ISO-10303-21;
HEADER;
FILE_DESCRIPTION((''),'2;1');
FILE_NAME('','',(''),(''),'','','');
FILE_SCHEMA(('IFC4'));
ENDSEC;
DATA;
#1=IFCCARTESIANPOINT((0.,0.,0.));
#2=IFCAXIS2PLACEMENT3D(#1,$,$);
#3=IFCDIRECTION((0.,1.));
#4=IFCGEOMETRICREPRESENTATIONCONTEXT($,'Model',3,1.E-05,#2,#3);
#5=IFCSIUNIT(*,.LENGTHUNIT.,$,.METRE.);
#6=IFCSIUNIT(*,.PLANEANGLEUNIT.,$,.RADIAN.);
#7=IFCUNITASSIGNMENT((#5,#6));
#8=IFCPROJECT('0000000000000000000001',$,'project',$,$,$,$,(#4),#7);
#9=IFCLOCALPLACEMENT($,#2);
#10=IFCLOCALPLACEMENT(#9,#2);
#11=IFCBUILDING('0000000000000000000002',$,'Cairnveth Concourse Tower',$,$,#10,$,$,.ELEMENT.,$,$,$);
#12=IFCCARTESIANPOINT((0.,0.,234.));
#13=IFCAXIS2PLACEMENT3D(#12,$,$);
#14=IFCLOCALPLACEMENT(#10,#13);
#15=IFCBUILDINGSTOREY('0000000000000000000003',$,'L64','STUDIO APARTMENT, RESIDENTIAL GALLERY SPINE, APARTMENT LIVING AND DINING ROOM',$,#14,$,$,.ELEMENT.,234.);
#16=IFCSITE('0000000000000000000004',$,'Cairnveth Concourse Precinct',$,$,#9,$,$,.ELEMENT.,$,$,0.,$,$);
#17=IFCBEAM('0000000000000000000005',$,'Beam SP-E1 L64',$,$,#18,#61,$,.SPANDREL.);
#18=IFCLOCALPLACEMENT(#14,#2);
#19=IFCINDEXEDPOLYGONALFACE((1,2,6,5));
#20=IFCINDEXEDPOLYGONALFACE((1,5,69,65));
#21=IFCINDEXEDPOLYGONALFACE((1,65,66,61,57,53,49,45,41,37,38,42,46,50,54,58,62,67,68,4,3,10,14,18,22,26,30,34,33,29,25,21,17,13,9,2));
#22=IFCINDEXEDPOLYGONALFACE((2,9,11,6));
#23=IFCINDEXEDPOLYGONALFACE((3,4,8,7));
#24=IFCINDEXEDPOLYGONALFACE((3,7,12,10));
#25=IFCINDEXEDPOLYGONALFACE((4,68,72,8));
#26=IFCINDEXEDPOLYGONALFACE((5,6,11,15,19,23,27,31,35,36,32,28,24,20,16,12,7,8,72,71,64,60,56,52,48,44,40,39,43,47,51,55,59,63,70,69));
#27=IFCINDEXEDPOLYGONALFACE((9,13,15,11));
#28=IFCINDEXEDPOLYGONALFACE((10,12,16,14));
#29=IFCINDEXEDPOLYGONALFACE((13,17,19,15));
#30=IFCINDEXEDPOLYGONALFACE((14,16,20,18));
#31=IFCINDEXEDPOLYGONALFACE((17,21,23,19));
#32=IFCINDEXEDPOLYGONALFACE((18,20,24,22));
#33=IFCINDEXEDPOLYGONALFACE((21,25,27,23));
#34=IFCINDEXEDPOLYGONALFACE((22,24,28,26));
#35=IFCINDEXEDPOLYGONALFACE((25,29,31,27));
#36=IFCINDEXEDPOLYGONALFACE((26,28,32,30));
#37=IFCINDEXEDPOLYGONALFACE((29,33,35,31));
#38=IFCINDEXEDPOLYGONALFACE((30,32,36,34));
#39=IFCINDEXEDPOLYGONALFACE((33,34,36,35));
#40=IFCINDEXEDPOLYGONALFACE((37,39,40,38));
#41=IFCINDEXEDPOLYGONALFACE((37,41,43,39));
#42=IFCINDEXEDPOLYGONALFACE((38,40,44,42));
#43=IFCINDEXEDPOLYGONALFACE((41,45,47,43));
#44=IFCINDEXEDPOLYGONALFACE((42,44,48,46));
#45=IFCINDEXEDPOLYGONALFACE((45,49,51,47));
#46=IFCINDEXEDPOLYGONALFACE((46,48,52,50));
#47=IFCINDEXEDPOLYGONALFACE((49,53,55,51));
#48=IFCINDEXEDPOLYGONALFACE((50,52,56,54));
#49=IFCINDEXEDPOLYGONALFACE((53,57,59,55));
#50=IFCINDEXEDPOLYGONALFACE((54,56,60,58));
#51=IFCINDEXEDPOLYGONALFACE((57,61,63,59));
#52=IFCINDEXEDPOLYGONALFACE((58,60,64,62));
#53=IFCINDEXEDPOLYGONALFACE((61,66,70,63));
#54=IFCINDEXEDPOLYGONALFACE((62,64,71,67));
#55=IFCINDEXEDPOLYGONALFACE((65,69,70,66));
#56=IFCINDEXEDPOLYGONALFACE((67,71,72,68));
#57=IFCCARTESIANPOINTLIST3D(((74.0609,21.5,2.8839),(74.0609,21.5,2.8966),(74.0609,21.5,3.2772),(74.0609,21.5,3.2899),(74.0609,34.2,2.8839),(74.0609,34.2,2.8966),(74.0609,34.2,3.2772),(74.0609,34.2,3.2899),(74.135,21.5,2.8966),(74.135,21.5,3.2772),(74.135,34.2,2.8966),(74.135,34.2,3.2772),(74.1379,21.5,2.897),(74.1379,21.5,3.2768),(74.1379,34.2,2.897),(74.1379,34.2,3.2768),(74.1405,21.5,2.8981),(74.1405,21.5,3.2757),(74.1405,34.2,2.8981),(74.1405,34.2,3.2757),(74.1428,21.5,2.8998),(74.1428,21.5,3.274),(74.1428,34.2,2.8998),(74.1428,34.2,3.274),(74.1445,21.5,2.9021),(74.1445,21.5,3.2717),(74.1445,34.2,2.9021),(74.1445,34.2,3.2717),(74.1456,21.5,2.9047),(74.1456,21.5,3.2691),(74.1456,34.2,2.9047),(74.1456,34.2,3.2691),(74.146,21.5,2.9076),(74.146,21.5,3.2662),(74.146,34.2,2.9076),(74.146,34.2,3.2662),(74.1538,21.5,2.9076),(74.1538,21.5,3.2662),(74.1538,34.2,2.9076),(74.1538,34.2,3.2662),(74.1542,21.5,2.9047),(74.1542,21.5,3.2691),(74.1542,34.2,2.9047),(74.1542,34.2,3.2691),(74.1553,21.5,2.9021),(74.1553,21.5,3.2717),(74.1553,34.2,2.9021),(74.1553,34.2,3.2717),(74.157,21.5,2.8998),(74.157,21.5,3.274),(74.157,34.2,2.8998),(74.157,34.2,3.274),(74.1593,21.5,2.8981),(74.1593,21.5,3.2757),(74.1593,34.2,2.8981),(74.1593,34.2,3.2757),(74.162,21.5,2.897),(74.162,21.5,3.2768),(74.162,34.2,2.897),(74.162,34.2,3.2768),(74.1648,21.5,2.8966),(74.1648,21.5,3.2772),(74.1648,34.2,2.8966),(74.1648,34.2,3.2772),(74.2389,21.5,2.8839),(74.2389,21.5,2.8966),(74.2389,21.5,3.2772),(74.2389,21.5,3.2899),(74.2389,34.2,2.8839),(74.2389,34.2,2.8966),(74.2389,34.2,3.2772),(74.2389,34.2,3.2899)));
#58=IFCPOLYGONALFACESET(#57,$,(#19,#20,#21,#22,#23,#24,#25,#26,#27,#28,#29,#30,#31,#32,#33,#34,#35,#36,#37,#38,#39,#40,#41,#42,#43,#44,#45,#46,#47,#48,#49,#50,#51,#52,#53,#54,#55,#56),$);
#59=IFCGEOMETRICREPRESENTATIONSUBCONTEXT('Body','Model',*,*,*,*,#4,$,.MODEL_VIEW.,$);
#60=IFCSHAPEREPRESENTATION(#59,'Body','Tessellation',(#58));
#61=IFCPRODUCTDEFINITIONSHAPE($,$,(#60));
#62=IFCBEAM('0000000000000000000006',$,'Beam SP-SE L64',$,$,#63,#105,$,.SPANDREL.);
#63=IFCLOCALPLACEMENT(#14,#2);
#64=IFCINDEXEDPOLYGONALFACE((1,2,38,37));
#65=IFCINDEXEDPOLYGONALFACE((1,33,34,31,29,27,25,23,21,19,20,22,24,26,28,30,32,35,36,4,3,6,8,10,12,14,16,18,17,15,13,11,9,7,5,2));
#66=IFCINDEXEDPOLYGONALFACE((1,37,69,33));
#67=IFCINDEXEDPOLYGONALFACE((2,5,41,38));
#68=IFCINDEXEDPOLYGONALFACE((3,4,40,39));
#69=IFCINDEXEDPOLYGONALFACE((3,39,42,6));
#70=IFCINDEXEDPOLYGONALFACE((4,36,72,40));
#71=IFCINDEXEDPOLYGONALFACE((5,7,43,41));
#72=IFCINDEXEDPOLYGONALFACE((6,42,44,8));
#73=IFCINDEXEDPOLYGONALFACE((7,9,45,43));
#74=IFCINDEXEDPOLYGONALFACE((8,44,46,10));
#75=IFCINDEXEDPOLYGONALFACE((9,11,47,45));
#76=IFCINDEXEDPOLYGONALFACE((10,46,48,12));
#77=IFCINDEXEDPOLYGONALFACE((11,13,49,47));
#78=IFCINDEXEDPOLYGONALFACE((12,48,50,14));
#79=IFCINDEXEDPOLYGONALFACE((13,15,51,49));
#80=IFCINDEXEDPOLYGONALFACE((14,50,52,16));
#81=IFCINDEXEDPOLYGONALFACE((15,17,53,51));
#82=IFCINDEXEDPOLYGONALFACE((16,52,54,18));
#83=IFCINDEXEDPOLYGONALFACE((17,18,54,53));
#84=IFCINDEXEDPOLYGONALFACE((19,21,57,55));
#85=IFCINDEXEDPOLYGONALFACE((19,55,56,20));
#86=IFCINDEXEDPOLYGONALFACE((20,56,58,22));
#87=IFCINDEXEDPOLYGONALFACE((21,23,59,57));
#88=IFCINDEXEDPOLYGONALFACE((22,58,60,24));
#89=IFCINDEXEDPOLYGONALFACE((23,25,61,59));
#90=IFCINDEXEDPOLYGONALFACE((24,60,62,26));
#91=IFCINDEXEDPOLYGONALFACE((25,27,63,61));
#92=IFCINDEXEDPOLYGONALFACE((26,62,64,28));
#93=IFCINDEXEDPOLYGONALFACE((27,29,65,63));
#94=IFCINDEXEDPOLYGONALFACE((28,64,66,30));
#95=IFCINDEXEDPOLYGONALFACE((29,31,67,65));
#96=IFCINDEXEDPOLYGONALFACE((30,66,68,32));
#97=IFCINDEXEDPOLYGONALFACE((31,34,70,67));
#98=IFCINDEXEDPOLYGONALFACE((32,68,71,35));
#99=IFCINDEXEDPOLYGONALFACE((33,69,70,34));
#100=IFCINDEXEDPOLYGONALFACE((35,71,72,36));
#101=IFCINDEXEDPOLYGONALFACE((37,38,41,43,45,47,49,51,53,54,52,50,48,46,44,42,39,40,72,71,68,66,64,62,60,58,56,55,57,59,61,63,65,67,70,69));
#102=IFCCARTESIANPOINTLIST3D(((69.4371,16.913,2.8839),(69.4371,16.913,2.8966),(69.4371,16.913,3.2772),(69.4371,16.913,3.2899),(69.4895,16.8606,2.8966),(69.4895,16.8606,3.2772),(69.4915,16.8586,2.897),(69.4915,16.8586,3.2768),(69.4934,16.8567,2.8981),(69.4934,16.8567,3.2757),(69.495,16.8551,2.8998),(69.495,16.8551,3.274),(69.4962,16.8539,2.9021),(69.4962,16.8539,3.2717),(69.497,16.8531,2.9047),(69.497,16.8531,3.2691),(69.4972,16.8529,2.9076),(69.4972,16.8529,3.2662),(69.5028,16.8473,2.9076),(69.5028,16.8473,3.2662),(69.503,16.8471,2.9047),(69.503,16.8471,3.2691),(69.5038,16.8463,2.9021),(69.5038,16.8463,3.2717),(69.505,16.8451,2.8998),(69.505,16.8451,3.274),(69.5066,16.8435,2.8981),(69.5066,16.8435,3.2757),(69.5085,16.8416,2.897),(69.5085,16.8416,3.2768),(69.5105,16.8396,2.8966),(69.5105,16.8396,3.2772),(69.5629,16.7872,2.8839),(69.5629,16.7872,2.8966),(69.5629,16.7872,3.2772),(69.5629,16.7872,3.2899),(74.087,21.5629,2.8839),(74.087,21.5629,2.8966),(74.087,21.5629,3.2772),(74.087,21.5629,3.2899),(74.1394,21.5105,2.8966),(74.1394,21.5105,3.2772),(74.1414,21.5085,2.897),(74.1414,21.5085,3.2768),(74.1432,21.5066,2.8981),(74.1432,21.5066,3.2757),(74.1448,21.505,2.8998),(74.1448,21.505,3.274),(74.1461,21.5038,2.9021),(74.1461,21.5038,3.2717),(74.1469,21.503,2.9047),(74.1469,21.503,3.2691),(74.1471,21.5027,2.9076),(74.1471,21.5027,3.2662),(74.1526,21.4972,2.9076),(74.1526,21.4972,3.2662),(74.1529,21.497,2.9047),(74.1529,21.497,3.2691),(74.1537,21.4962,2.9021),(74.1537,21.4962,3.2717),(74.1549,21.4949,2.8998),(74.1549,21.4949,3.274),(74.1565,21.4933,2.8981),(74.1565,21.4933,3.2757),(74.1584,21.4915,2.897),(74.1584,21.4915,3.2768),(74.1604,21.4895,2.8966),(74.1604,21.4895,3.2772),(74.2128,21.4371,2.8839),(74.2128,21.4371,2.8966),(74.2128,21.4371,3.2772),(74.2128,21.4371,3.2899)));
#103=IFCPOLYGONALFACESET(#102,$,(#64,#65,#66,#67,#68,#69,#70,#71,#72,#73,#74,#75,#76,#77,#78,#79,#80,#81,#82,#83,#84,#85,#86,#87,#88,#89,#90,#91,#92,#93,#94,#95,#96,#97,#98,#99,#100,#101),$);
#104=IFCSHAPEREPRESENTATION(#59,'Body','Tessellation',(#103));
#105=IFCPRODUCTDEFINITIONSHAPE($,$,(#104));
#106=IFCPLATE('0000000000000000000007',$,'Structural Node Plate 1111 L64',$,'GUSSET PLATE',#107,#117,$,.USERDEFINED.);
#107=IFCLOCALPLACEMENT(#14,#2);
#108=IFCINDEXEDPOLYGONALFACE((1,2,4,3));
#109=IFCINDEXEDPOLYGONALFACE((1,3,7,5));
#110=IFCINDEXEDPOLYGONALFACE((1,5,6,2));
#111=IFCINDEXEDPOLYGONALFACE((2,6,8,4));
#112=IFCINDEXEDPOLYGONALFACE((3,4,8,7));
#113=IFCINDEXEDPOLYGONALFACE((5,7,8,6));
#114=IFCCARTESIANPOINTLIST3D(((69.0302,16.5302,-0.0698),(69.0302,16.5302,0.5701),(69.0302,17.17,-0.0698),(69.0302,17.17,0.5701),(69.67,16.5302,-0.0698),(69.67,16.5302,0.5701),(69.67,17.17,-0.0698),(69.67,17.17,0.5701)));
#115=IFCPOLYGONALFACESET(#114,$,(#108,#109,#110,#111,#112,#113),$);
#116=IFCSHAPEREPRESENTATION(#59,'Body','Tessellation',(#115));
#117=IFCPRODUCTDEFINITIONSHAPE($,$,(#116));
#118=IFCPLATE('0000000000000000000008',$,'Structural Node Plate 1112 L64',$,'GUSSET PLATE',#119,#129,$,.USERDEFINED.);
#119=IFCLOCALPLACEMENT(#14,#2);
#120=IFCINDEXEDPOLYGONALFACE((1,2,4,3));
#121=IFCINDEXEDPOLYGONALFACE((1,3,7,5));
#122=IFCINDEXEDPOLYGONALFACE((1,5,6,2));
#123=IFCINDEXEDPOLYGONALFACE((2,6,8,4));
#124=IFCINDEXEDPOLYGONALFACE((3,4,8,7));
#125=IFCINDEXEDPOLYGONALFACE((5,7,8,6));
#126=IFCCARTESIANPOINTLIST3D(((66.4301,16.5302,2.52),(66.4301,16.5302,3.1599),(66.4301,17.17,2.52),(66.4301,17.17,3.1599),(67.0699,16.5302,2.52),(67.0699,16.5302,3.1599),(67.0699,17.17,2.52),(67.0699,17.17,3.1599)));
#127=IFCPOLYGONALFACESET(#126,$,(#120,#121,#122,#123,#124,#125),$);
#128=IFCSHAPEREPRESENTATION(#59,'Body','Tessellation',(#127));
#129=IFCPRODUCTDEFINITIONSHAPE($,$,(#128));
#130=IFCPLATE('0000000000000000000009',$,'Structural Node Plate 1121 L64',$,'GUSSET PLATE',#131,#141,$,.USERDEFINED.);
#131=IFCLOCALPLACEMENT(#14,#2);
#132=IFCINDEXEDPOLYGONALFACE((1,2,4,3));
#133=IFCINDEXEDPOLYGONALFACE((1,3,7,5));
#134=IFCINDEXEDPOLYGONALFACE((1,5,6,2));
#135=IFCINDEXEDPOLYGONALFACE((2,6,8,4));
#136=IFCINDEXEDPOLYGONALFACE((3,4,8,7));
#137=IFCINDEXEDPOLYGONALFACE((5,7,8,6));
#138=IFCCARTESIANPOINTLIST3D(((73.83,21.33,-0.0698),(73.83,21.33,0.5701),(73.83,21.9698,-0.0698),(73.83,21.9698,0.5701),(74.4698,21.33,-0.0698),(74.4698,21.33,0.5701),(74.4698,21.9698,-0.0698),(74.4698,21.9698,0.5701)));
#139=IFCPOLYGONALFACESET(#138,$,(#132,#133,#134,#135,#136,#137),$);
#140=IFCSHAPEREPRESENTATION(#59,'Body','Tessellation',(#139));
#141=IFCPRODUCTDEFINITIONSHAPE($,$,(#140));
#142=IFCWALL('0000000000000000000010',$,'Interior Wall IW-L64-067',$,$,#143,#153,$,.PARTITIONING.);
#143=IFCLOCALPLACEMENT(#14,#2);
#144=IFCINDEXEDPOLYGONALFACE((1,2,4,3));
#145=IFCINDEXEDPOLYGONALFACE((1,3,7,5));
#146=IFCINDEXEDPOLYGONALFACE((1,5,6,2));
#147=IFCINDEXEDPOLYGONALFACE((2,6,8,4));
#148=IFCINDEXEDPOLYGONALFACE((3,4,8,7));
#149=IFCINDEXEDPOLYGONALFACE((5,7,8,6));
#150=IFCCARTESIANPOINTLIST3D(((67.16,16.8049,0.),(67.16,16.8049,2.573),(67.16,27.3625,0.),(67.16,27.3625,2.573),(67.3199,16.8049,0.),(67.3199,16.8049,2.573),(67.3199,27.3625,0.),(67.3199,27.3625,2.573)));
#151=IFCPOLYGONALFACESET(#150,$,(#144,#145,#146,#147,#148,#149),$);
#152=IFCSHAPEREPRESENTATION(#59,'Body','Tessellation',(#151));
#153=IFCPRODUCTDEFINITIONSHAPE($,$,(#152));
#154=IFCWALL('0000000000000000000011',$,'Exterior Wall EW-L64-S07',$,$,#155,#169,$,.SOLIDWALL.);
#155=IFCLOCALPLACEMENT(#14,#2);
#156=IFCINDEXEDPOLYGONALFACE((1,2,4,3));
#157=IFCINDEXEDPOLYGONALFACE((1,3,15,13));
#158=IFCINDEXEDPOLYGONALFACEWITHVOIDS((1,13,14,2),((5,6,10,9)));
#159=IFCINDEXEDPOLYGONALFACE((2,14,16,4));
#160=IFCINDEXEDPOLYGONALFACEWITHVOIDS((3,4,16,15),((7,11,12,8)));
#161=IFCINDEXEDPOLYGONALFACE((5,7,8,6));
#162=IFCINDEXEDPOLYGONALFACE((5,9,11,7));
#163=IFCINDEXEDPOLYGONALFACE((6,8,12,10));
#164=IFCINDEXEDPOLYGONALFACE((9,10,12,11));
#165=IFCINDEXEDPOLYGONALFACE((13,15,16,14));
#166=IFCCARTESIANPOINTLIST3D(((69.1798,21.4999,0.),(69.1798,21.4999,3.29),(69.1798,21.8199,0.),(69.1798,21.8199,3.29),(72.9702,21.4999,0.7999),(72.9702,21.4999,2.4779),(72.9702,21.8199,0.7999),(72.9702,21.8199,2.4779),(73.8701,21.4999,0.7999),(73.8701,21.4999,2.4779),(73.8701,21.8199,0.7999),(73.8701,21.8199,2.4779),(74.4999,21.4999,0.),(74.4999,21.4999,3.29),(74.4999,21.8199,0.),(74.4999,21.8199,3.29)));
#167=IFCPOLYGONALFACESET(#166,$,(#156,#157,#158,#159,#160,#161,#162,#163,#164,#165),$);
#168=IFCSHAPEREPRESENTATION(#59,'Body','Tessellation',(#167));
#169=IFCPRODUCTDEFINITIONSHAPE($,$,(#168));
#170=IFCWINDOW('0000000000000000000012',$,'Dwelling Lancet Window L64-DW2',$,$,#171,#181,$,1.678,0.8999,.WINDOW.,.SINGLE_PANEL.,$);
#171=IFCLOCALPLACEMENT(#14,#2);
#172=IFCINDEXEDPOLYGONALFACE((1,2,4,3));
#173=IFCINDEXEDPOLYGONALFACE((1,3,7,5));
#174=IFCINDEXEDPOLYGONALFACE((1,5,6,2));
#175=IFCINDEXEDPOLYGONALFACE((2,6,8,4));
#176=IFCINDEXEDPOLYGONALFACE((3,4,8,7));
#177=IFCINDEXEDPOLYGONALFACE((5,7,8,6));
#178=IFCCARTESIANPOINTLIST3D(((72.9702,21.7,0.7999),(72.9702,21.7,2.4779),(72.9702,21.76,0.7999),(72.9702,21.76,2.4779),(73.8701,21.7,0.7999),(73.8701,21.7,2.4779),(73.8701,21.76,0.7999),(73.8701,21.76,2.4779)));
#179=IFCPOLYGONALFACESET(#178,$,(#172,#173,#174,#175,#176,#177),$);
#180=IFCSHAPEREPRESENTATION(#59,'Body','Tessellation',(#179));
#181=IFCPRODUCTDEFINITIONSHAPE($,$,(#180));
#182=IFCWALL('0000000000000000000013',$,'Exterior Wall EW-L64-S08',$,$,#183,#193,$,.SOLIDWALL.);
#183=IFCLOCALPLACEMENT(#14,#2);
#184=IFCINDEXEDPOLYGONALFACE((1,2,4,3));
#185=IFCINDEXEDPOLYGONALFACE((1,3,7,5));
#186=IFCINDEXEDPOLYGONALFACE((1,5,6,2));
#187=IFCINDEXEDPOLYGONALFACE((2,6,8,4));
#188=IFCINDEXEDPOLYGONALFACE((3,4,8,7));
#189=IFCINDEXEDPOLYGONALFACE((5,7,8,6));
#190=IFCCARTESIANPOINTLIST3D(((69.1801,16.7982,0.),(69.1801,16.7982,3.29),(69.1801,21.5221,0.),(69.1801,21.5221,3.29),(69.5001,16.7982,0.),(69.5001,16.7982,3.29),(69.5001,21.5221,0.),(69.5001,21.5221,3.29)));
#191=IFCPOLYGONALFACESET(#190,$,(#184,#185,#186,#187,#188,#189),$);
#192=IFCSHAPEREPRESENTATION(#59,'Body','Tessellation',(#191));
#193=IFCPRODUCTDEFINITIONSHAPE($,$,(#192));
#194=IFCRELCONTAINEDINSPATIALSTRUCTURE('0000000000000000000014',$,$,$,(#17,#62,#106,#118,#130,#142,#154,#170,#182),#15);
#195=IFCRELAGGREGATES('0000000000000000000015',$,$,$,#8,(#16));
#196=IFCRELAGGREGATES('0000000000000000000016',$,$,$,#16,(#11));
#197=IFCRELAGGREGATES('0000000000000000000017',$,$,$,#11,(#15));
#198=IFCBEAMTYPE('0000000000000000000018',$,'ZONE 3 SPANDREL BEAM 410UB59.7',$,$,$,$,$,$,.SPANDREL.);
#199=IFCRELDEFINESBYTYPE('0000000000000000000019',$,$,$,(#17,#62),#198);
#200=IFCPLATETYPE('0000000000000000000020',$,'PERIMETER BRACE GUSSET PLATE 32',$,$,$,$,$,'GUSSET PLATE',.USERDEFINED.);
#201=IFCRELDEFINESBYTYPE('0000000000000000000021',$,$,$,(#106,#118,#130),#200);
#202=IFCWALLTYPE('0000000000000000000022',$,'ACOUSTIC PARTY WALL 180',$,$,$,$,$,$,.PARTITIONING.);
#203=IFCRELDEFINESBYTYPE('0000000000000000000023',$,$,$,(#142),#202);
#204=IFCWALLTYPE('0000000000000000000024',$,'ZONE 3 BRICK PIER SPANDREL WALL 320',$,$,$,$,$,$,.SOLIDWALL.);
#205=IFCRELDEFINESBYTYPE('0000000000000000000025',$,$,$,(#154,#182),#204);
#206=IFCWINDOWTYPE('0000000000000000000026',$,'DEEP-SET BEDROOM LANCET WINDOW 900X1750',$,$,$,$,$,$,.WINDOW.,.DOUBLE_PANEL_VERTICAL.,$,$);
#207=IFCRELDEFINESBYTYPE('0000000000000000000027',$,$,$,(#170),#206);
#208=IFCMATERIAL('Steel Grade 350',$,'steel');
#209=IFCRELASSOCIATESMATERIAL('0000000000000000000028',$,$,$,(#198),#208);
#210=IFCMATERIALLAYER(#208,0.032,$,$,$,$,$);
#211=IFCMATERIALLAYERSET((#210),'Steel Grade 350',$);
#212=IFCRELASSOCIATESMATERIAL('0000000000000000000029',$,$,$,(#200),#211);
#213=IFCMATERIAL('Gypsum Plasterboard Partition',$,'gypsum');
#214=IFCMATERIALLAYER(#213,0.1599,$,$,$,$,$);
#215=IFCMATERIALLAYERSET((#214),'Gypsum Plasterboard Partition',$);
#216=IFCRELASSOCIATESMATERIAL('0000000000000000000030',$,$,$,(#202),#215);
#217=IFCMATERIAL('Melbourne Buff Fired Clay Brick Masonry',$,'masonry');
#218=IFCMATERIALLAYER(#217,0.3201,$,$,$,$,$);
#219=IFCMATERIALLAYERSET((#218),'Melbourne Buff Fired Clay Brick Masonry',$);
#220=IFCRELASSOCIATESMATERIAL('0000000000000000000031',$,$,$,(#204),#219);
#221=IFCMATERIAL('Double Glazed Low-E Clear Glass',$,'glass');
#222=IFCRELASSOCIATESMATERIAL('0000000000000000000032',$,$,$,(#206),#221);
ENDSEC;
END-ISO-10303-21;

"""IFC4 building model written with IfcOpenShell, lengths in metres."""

from ifc_helpers import new_model, si_unit, direction, frame, frame_2d, origin, origin_2d, place, context, subcontext, project, spatial, rectangle, i_section, extrude, material, layer, layer_set, material_profile, profile_set, type_object, element, fill, save


model = new_model("IFC4")

# Units and contexts
model_context = context("Model", 3, precision=1e-05, world=origin(), true_north=direction((0.0, 1.0)))
body_context = subcontext(model_context, "Body", "Model", "MODEL_VIEW")
ifc_project = project(units=[si_unit("LENGTHUNIT", "METRE"), si_unit("PLANEANGLEUNIT", "RADIAN")], contexts=[model_context])

# Site, building, storey
site_placement = place(None, origin())
site = spatial("IfcSite", under=ifc_project, at=site_placement, Name="Cairnveth Concourse Precinct", CompositionType="ELEMENT", RefElevation=0.0)
building_placement = place(site_placement, origin())
building = spatial("IfcBuilding", under=site, at=building_placement, Name="Cairnveth Concourse Tower", CompositionType="ELEMENT")
storey_placement = place(building_placement, frame((0.0, 0.0, 234.0)))
storey = spatial("IfcBuildingStorey", under=building, at=storey_placement, Name="L64", Description="STUDIO APARTMENT, RESIDENTIAL GALLERY SPINE, APARTMENT LIVING AND DINING ROOM", CompositionType="ELEMENT", Elevation=234.0)

# Shared definitions
ifc_material_1 = material(Name="Steel Grade 350", Category="steel")

# Beams
ifc_material_profile_1 = material_profile(ifc_material_1, i_section(OverallWidth=0.178, OverallDepth=0.406, WebThickness=0.0078, FlangeThickness=0.0127, FilletRadius=0.011, at=origin_2d()), Name="410UB59.7")
ifc_profile_set_1 = profile_set([ifc_material_profile_1], Name="Steel Grade 350")
beam_type_1 = type_object("IfcBeamType", Name="ZONE 3 SPANDREL BEAM 410UB59.7", PredefinedType="SPANDREL", material=ifc_profile_set_1)
beam_1_placement = place(storey_placement, frame((74.1499, 21.5, 3.0869), z_axis=(0.0, 1.0, 0.0), x_axis=(-1.0, 0.0, 0.0)))
element("IfcBeam", 1, at=beam_1_placement, inside=storey, type_object=beam_type_1, Name="Beam SP-E1 L64", PredefinedType="SPANDREL", context=body_context, shape_type="SweptSolid", body=[
    extrude(i_section(OverallWidth=0.178, OverallDepth=0.406, WebThickness=0.0078, FlangeThickness=0.0127, FilletRadius=0.011, at=origin_2d()), origin(), (0.0, 0.0, 1.0), 12.7),
])
beam_2_placement = place(storey_placement, frame((69.5, 16.8501, 3.0869), z_axis=(0.707107, 0.707107, 0.0), x_axis=(-0.707107, 0.707107, 0.0)))
element("IfcBeam", 2, at=beam_2_placement, inside=storey, type_object=beam_type_1, Name="Beam SP-SE L64", PredefinedType="SPANDREL", context=body_context, shape_type="SweptSolid", body=[
    extrude(i_section(OverallWidth=0.178, OverallDepth=0.406, WebThickness=0.0078, FlangeThickness=0.0127, FilletRadius=0.011, at=origin_2d()), origin(), (0.0, 0.0, 1.0), 6.5759),
])

# Plates
ifc_layer_1 = layer(ifc_material_1, 0.032)
ifc_layer_set_1 = layer_set([ifc_layer_1], Name="Steel Grade 350")
plate_type = type_object("IfcPlateType", Name="PERIMETER BRACE GUSSET PLATE 32", ElementType="GUSSET PLATE", PredefinedType="USERDEFINED", material=ifc_layer_set_1)
for number, where, z_axis, x_axis, name in (
    (3, (69.3501, 16.8501, -0.0698), (0.0, 0.0, 1.0), (1.0, 0.0, 0.0), "Structural Node Plate 1111 L64"),
    (4, (66.75, 16.8501, 2.52), (0.0, 0.0, 1.0), (1.0, 0.0, 0.0), "Structural Node Plate 1112 L64"),
    (5, (74.1499, 21.6499, -0.0698), (0.0, 0.0, 1.0), (1.0, 0.0, 0.0), "Structural Node Plate 1121 L64"),
):
    element("IfcPlate", number, at=place(storey_placement, frame(where, z_axis=z_axis, x_axis=x_axis)), inside=storey, type_object=plate_type, Name=name, ObjectType="GUSSET PLATE", PredefinedType="USERDEFINED", context=body_context, shape_type="SweptSolid", body=[
        extrude(rectangle(XDim=0.6399, YDim=0.6399, at=origin_2d()), origin(), (0.0, 0.0, 1.0), 0.6399),
    ])

# Wall
ifc_material_2 = material(Name="Gypsum Plasterboard Partition", Category="gypsum")
ifc_layer_2 = layer(ifc_material_2, 0.1599)
ifc_layer_set_2 = layer_set([ifc_layer_2], Name="Gypsum Plasterboard Partition")
wall_type_1 = type_object("IfcWallType", Name="ACOUSTIC PARTY WALL 180", PredefinedType="PARTITIONING", material=ifc_layer_set_2)
wall_1_placement = place(storey_placement, frame((67.24, 16.8049, 0.0), z_axis=(0.0, 0.0, 1.0), x_axis=(0.0, 1.0, 0.0)))
element("IfcWall", 6, at=wall_1_placement, inside=storey, type_object=wall_type_1, Name="Interior Wall IW-L64-067", PredefinedType="PARTITIONING", context=body_context, shape_type="SweptSolid", body=[
    extrude(rectangle(XDim=10.5576, YDim=0.1599, at=frame_2d((5.2788, 0.0))), origin(), (0.0, 0.0, 1.0), 2.573),
])

# Wall, opening, window
ifc_material_3 = material(Name="Melbourne Buff Fired Clay Brick Masonry", Category="masonry")
ifc_layer_3 = layer(ifc_material_3, 0.3201)
ifc_layer_set_3 = layer_set([ifc_layer_3], Name="Melbourne Buff Fired Clay Brick Masonry")
wall_type_2 = type_object("IfcWallType", Name="ZONE 3 BRICK PIER SPANDREL WALL 320", PredefinedType="SOLIDWALL", material=ifc_layer_set_3)
wall_2_placement = place(storey_placement, frame((74.5, 21.6599, 0.0), z_axis=(0.0, 0.0, 1.0), x_axis=(-1.0, 0.0, 0.0)))
wall_2 = element("IfcWall", 7, at=wall_2_placement, inside=storey, type_object=wall_type_2, Name="Exterior Wall EW-L64-S07", PredefinedType="SOLIDWALL", context=body_context, shape_type="SweptSolid", body=[
    extrude(rectangle(XDim=5.3201, YDim=0.3201, at=frame_2d((2.6602, 0.0))), origin(), (0.0, 0.0, 1.0), 3.29),
])
opening_1_placement = place(wall_2_placement, frame((0.6299, 0.0, 0.8)))
opening_1 = element("IfcOpeningElement", 8, at=opening_1_placement, cuts=wall_2, PredefinedType="OPENING", context=body_context, shape_type="SweptSolid", body=[
    extrude(rectangle(XDim=0.8999, YDim=1.678, at=frame_2d((0.45, 0.8389))), frame((0.0, 0.1699, 0.0), z_axis=(0.0, -1.0, 0.0), x_axis=(1.0, 0.0, 0.0)), (0.0, 0.0, 1.0), 0.3401),
])
ifc_material_4 = material(Name="Double Glazed Low-E Clear Glass", Category="glass")
window_type_1 = type_object("IfcWindowType", Name="DEEP-SET BEDROOM LANCET WINDOW 900X1750", PartitioningType="DOUBLE_PANEL_VERTICAL", PredefinedType="WINDOW", material=ifc_material_4)
window_1_placement = place(opening_1_placement, origin())
window_1 = element("IfcWindow", 9, at=window_1_placement, inside=storey, type_object=window_type_1, Name="Dwelling Lancet Window L64-DW2", OverallHeight=1.678, OverallWidth=0.8999, PartitioningType="SINGLE_PANEL", PredefinedType="WINDOW", context=body_context, shape_type="SweptSolid", body=[
    extrude(rectangle(XDim=0.8999, YDim=1.678, at=frame_2d((0.45, 0.8389))), frame((0.0, -0.04, 0.0), z_axis=(0.0, -1.0, 0.0), x_axis=(1.0, 0.0, 0.0)), (0.0, 0.0, 1.0), 0.0601),
])
fill(opening_1, window_1)

# Wall
wall_3_placement = place(storey_placement, frame((69.3401, 21.522, 0.0), z_axis=(0.0, 0.0, 1.0), x_axis=(0.0, -1.0, 0.0)))
element("IfcWall", 10, at=wall_3_placement, inside=storey, type_object=wall_type_2, Name="Exterior Wall EW-L64-S08", PredefinedType="SOLIDWALL", context=body_context, shape_type="SweptSolid", body=[
    extrude(rectangle(XDim=4.7239, YDim=0.3201, at=frame_2d((2.3618, 0.0))), origin(), (0.0, 0.0, 1.0), 3.29),
])

save(model, "model.ifc")
